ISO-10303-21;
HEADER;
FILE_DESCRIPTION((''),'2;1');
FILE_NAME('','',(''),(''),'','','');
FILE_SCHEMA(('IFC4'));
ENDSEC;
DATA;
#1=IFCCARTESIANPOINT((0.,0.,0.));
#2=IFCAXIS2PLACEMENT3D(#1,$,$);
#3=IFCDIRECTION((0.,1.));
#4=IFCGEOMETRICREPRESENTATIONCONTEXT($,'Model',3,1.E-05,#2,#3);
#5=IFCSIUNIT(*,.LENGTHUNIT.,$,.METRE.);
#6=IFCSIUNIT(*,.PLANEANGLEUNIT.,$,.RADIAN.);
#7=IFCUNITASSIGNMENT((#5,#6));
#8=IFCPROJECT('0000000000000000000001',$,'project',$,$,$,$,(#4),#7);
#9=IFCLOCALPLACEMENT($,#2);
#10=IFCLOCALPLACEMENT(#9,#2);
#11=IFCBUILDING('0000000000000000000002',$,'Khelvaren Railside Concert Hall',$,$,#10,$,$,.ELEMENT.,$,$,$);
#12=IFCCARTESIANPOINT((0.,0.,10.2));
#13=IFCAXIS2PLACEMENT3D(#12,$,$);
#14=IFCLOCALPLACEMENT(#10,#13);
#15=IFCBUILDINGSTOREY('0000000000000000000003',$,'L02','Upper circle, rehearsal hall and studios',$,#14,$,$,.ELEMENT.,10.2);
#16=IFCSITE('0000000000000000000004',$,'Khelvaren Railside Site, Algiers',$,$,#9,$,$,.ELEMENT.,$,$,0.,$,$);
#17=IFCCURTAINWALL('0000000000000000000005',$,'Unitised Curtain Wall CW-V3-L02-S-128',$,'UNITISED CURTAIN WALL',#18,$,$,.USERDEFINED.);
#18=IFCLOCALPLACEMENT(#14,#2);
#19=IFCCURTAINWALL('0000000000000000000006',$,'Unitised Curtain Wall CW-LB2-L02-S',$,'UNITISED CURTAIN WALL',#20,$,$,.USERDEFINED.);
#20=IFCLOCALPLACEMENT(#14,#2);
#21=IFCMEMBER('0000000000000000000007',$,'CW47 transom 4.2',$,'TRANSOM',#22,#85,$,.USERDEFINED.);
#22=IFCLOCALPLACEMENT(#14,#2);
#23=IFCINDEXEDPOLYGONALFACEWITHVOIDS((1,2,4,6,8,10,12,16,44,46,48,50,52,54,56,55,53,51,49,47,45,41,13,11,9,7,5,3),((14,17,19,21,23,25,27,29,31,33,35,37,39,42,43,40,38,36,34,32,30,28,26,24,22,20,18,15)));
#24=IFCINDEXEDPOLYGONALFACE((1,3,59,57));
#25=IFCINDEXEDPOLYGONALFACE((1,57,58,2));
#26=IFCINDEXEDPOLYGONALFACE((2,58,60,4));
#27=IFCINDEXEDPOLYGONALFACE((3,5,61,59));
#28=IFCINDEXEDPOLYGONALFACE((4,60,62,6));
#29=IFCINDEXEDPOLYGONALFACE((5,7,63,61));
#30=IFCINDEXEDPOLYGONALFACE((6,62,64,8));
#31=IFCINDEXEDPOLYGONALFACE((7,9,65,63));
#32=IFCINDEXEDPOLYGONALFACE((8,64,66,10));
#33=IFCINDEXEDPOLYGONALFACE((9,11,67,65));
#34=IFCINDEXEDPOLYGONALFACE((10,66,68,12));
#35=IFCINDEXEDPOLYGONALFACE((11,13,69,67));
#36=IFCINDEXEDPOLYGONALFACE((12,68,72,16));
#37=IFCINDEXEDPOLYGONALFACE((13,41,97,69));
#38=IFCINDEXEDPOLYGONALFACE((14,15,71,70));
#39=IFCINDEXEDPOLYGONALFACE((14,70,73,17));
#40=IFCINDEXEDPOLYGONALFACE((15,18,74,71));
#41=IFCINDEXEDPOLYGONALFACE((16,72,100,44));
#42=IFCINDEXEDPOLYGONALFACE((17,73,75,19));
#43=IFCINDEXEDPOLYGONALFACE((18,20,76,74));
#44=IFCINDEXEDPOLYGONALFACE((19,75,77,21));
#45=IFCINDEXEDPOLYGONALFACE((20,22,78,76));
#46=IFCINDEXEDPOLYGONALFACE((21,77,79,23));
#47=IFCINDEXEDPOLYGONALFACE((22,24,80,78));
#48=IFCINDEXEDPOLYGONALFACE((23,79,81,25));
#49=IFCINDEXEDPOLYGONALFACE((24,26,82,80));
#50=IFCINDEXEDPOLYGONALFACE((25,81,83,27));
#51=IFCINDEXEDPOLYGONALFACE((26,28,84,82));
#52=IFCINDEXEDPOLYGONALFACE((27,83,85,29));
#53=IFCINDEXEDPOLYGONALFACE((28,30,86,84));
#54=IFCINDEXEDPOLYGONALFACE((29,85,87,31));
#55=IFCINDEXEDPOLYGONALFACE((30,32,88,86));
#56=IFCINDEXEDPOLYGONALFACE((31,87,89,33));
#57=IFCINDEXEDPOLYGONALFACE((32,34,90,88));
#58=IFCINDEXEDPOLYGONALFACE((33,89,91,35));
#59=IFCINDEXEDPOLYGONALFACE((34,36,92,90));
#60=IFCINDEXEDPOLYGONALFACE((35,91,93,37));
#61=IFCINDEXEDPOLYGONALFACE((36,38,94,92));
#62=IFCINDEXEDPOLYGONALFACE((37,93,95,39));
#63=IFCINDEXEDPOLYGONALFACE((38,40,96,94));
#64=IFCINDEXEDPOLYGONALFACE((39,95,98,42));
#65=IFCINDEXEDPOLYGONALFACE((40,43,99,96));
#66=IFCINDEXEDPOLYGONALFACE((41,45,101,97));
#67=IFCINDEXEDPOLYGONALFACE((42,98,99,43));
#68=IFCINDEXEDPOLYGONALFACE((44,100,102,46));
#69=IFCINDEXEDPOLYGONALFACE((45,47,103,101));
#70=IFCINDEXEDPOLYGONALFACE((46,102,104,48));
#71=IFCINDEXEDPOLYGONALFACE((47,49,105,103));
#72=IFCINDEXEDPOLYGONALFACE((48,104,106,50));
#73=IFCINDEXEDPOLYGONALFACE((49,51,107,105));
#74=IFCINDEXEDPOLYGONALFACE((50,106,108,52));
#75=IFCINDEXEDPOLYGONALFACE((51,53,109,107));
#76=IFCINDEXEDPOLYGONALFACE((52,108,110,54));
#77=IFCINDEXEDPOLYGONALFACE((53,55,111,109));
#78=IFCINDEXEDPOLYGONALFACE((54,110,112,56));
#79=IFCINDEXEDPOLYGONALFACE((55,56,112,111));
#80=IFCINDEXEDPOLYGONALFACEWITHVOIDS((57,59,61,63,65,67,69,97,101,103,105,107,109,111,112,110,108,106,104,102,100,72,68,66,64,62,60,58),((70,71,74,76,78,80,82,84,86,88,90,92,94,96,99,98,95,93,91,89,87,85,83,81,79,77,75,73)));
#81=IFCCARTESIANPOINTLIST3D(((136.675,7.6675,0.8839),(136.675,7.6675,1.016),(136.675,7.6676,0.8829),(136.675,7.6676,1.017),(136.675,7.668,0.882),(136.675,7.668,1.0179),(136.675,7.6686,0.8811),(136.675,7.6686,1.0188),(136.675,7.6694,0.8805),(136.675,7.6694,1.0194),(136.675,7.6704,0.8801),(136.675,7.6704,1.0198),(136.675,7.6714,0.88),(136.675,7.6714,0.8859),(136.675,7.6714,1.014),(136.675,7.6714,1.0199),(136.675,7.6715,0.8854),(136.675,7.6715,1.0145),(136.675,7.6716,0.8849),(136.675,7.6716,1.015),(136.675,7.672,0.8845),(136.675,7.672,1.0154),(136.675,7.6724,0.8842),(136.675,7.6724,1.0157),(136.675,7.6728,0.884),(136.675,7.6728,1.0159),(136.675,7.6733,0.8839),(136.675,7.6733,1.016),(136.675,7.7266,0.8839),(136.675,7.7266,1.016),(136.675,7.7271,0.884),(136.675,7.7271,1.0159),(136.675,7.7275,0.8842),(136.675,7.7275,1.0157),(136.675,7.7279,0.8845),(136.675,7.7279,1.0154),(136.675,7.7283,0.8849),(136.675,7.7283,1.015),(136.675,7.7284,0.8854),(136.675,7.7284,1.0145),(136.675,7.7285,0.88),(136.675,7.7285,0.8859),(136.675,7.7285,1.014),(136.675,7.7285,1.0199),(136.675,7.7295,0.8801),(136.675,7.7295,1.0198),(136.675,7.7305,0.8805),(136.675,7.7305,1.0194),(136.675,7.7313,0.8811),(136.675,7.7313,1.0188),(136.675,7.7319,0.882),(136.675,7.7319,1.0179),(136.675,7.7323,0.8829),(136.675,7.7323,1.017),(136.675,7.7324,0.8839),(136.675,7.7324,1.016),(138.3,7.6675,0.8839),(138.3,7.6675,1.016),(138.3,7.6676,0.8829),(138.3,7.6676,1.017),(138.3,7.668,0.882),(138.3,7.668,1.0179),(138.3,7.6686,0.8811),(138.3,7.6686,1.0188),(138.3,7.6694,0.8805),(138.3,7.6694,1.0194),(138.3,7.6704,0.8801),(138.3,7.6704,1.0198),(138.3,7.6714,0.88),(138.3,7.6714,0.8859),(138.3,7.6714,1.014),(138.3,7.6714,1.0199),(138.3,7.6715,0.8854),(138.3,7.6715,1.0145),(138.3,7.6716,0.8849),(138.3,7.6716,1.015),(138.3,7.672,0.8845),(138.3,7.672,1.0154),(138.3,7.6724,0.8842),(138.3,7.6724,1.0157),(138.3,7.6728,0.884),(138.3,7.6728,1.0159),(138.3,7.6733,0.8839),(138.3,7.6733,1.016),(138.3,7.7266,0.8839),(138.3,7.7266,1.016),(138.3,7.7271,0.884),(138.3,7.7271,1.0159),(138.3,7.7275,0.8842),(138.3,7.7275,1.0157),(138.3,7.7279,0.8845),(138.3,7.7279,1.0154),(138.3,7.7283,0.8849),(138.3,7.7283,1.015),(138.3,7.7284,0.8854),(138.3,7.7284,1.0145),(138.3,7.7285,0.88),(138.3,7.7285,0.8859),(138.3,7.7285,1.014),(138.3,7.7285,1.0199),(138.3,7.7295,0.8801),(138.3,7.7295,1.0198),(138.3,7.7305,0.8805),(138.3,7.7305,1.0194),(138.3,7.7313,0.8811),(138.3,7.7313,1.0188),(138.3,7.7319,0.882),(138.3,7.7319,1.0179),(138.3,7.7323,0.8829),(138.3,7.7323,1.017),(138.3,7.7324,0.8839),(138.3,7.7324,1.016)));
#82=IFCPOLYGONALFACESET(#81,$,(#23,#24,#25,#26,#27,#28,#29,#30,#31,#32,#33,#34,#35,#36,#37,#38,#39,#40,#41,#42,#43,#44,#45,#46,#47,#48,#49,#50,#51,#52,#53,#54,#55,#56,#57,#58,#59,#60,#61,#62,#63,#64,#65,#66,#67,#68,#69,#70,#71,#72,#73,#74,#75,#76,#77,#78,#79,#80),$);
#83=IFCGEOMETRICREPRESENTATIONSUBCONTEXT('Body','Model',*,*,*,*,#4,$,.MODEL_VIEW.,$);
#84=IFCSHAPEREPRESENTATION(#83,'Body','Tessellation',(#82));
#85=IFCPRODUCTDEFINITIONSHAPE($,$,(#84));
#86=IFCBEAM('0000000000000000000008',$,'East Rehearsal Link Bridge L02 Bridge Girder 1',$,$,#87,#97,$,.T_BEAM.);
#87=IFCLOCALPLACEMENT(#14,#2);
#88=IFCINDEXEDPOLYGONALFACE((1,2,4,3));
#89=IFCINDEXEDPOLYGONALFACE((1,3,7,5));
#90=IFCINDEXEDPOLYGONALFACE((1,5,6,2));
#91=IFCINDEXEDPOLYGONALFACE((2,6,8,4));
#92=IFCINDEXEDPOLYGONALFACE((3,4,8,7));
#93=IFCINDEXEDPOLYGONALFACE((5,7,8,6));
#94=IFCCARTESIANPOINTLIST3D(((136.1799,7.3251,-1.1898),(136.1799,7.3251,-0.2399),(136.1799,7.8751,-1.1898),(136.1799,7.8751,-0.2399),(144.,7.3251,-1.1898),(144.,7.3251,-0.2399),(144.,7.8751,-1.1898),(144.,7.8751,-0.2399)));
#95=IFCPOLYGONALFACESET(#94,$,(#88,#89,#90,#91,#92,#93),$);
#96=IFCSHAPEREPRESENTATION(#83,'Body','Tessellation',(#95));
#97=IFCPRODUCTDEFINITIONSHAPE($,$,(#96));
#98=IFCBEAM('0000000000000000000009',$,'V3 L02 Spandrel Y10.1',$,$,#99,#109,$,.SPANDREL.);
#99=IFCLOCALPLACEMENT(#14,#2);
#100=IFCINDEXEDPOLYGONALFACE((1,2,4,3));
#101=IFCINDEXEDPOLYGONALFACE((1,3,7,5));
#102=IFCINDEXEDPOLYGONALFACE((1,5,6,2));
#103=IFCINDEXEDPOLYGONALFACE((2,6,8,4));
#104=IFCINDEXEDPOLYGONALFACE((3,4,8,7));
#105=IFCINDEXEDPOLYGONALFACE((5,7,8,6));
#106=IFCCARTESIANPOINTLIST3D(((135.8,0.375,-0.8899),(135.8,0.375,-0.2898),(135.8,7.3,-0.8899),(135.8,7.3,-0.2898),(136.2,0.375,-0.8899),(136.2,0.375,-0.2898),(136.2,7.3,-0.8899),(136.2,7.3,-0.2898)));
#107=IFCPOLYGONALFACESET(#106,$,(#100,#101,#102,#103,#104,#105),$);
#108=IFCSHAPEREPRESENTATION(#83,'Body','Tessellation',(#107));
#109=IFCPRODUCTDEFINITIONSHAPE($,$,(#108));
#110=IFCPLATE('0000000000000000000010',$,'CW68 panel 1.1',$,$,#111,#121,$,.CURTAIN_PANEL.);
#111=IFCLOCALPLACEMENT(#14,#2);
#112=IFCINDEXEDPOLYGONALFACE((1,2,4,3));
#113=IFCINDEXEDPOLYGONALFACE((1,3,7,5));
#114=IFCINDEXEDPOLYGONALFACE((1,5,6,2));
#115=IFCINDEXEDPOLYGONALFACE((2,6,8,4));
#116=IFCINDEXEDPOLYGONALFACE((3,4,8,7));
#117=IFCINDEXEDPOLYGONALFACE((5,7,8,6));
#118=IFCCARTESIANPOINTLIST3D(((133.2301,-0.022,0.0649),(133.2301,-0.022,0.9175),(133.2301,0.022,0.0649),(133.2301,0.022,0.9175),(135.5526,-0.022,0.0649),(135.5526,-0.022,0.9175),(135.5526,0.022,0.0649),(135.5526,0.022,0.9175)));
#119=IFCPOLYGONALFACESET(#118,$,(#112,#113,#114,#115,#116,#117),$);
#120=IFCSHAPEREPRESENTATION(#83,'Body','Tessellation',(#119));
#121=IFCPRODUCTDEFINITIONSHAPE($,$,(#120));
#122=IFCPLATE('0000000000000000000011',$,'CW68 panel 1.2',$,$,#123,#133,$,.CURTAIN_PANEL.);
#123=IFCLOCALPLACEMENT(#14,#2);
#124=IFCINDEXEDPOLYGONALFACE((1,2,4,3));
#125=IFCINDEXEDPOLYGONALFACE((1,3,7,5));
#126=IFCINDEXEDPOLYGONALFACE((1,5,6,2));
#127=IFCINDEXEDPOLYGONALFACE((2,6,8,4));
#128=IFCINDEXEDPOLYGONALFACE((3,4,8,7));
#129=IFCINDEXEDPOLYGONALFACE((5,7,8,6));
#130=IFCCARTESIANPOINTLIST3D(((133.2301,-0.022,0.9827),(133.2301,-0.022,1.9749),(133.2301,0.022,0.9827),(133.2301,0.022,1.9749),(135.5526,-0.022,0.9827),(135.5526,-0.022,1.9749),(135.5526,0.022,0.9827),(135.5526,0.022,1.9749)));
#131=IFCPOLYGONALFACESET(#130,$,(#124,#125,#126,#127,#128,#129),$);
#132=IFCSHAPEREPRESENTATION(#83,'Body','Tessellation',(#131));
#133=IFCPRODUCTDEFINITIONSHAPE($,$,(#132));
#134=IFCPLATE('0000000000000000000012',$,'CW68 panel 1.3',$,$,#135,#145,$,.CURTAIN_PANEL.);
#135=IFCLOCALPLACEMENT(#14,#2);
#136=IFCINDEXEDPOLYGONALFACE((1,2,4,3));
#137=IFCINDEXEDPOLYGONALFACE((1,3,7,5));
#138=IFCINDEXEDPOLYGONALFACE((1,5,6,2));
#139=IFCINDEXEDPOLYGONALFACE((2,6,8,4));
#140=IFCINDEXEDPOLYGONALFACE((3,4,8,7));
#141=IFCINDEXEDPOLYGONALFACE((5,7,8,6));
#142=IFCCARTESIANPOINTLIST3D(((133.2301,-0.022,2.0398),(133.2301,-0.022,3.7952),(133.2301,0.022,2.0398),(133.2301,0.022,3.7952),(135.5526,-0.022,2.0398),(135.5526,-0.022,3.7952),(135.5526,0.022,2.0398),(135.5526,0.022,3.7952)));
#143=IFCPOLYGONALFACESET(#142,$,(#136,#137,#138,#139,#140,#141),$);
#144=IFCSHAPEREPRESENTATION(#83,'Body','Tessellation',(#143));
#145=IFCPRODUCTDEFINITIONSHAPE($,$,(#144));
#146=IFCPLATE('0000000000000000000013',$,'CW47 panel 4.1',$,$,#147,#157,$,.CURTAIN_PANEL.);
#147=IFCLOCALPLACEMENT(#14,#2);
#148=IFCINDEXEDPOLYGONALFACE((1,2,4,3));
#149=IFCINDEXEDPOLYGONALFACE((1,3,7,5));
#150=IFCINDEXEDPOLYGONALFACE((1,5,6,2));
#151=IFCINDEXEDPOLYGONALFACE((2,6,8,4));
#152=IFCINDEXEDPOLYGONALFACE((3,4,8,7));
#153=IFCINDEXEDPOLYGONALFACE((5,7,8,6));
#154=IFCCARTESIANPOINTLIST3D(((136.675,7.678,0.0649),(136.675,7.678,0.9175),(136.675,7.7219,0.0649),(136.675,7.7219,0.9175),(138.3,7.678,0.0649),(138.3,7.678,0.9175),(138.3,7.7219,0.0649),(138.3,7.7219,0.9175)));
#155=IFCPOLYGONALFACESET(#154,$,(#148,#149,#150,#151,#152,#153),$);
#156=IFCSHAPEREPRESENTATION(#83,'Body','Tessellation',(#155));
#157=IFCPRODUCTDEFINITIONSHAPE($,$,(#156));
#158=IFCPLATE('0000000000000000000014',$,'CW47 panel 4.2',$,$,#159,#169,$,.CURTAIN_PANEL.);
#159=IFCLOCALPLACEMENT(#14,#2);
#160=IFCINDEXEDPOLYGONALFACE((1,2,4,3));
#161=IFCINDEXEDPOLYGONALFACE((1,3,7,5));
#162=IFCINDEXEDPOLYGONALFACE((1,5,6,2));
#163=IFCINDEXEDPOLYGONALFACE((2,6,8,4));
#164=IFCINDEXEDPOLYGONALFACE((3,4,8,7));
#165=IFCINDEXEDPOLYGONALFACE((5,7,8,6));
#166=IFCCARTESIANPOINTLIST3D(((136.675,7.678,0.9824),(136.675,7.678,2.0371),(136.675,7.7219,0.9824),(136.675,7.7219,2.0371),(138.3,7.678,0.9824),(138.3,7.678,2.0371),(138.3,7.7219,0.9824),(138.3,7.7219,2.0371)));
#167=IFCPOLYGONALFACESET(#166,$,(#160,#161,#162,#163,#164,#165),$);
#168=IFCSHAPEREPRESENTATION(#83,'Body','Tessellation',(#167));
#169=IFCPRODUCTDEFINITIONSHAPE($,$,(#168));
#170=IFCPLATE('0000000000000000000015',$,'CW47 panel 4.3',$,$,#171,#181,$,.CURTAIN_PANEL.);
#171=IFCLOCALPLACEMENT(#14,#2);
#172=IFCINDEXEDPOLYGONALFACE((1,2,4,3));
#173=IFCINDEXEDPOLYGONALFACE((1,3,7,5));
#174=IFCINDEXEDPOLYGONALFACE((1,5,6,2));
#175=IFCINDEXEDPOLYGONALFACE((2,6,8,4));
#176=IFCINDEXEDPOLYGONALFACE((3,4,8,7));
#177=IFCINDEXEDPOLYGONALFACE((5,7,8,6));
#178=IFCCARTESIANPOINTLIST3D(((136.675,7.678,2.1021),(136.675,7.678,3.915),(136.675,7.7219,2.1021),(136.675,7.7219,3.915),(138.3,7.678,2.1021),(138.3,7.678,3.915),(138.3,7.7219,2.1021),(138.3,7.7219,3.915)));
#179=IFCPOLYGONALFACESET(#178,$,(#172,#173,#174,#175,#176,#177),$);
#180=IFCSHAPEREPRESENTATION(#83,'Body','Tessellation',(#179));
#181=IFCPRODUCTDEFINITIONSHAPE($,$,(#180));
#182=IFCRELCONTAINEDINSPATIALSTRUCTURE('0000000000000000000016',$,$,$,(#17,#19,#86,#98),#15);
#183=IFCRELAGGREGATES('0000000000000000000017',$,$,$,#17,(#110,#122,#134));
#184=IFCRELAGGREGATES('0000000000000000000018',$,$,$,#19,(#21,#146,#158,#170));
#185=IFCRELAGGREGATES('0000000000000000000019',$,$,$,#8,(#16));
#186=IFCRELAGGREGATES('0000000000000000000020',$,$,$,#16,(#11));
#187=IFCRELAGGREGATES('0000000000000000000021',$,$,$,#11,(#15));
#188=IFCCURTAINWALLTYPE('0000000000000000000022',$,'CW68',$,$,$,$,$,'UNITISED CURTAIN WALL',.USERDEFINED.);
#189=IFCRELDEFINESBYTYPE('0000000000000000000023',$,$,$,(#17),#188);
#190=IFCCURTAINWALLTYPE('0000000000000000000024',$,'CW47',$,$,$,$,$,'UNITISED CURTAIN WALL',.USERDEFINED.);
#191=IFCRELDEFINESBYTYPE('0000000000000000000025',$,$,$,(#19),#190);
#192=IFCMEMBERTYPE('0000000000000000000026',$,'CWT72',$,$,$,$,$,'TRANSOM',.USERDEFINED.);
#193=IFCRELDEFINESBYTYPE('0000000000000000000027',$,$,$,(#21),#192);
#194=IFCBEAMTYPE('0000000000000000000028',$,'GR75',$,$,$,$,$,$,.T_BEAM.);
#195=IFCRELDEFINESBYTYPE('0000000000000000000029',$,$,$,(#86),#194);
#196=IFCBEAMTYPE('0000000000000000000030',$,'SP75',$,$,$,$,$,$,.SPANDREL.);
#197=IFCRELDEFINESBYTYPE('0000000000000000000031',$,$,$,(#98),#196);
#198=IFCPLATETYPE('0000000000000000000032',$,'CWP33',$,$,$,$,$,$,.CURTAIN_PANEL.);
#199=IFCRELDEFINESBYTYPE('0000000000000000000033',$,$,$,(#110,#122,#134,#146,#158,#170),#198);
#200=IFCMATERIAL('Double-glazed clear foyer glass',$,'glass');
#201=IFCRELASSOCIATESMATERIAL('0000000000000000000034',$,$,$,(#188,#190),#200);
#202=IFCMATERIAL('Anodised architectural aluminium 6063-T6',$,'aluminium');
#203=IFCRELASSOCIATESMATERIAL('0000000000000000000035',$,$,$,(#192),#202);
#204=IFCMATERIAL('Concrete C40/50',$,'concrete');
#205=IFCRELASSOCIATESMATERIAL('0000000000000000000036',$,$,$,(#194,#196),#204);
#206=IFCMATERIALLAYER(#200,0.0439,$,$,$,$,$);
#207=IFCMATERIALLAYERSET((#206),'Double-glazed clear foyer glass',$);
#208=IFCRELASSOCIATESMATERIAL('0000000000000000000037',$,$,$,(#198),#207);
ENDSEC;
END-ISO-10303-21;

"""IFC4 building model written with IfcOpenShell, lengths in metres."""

from ifc_helpers import new_model, si_unit, direction, frame, origin, origin_2d, place, context, subcontext, project, spatial, rectangle, hollow_rectangle, extrude, material, layer, layer_set, material_profile, profile_set, type_object, element, aggregate, save


model = new_model("IFC4")

# Units and contexts
model_context = context("Model", 3, precision=1e-05, world=origin(), true_north=direction((0.0, 1.0)))
body_context = subcontext(model_context, "Body", "Model", "MODEL_VIEW")
ifc_project = project(units=[si_unit("LENGTHUNIT", "METRE"), si_unit("PLANEANGLEUNIT", "RADIAN")], contexts=[model_context])

# Site, building, storey
site_placement = place(None, origin())
site = spatial("IfcSite", under=ifc_project, at=site_placement, Name="Khelvaren Railside Site, Algiers", CompositionType="ELEMENT", RefElevation=0.0)
building_placement = place(site_placement, origin())
building = spatial("IfcBuilding", under=site, at=building_placement, Name="Khelvaren Railside Concert Hall", CompositionType="ELEMENT")
storey_placement = place(building_placement, frame((0.0, 0.0, 10.2)))
storey = spatial("IfcBuildingStorey", under=building, at=storey_placement, Name="L02", Description="Upper circle, rehearsal hall and studios", CompositionType="ELEMENT", Elevation=10.2)

# Curtain wall
ifc_material_1 = material(Name="Double-glazed clear foyer glass", Category="glass")
curtain_wall_type_1 = type_object("IfcCurtainWallType", Name="CW68", ElementType="UNITISED CURTAIN WALL", PredefinedType="USERDEFINED", material=ifc_material_1)
curtain_wall_1_placement = place(storey_placement, origin())
curtain_wall_1 = element("IfcCurtainWall", 1, at=curtain_wall_1_placement, inside=storey, type_object=curtain_wall_type_1, Name="Unitised Curtain Wall CW-V3-L02-S-128", ObjectType="UNITISED CURTAIN WALL", PredefinedType="USERDEFINED")
ifc_material_2 = material(Name="Anodised architectural aluminium 6063-T6", Category="aluminium")

# Curtain wall
curtain_wall_type_2 = type_object("IfcCurtainWallType", Name="CW47", ElementType="UNITISED CURTAIN WALL", PredefinedType="USERDEFINED", material=ifc_material_1)
curtain_wall_2_placement = place(storey_placement, origin())
curtain_wall_2 = element("IfcCurtainWall", 2, at=curtain_wall_2_placement, inside=storey, type_object=curtain_wall_type_2, Name="Unitised Curtain Wall CW-LB2-L02-S", ObjectType="UNITISED CURTAIN WALL", PredefinedType="USERDEFINED")

# Member
ifc_material_profile_1 = material_profile(ifc_material_2, hollow_rectangle(XDim=0.0649, YDim=0.1399, WallThickness=0.0039, InnerFilletRadius=0.002, OuterFilletRadius=0.0039, at=origin_2d()), Name="CWT 65x140x4")
ifc_profile_set_1 = profile_set([ifc_material_profile_1], Name="Anodised architectural aluminium 6063-T6")
member_type_1 = type_object("IfcMemberType", Name="CWT72", ElementType="TRANSOM", PredefinedType="USERDEFINED", material=ifc_profile_set_1)
member_1_placement = place(storey_placement, frame((138.3, 7.7, 0.95), z_axis=(-1.0, 0.0, 0.0), x_axis=(0.0, -1.0, 0.0)))
member_1 = element("IfcMember", 3, at=member_1_placement, type_object=member_type_1, Name="CW47 transom 4.2", ObjectType="TRANSOM", PredefinedType="USERDEFINED", context=body_context, shape_type="SweptSolid", body=[
    extrude(hollow_rectangle(XDim=0.0649, YDim=0.1399, WallThickness=0.0039, InnerFilletRadius=0.002, OuterFilletRadius=0.0039, at=origin_2d()), origin(), (0.0, 0.0, 1.0), 1.625),
])

# Beams
ifc_material_3 = material(Name="Concrete C40/50", Category="concrete")
ifc_material_profile_2 = material_profile(ifc_material_3, rectangle(XDim=0.55, YDim=0.95, at=origin_2d()), Name="RCB 550x950")
ifc_profile_set_2 = profile_set([ifc_material_profile_2], Name="Concrete C40/50")
beam_type_1 = type_object("IfcBeamType", Name="GR75", PredefinedType="T_BEAM", material=ifc_profile_set_2)
beam_1_placement = place(storey_placement, frame((136.1799, 7.6001, -0.7148), z_axis=(1.0, 0.0, 0.0), x_axis=(0.0, 1.0, 0.0)))
element("IfcBeam", 4, at=beam_1_placement, inside=storey, type_object=beam_type_1, Name="East Rehearsal Link Bridge L02 Bridge Girder 1", PredefinedType="T_BEAM", context=body_context, shape_type="SweptSolid", body=[
    extrude(rectangle(XDim=0.55, YDim=0.95, at=origin_2d()), origin(), (0.0, 0.0, 1.0), 7.8201),
])
ifc_material_profile_3 = material_profile(ifc_material_3, rectangle(XDim=0.3999, YDim=0.6001, at=origin_2d()), Name="RCB 400x600")
ifc_profile_set_3 = profile_set([ifc_material_profile_3], Name="Concrete C40/50")
beam_type_2 = type_object("IfcBeamType", Name="SP75", PredefinedType="SPANDREL", material=ifc_profile_set_3)
beam_2_placement = place(storey_placement, frame((136.0, 0.375, -0.5898), z_axis=(0.0, 1.0, 0.0), x_axis=(-1.0, 0.0, 0.0)))
element("IfcBeam", 5, at=beam_2_placement, inside=storey, type_object=beam_type_2, Name="V3 L02 Spandrel Y10.1", PredefinedType="SPANDREL", context=body_context, shape_type="SweptSolid", body=[
    extrude(rectangle(XDim=0.3999, YDim=0.6001, at=origin_2d()), origin(), (0.0, 0.0, 1.0), 6.925),
])

# Plates
ifc_layer_1 = layer(ifc_material_1, 0.0439)
ifc_layer_set_1 = layer_set([ifc_layer_1], Name="Double-glazed clear foyer glass")
plate_type = type_object("IfcPlateType", Name="CWP33", PredefinedType="CURTAIN_PANEL", material=ifc_layer_set_1)
plate_1_placement = place(storey_placement, frame((134.3914, 0.0, 0.0649), z_axis=(0.0, 0.0, 1.0), x_axis=(-1.0, 0.0, 0.0)))
plate_1 = element("IfcPlate", 6, at=plate_1_placement, type_object=plate_type, Name="CW68 panel 1.1", PredefinedType="CURTAIN_PANEL", context=body_context, shape_type="SweptSolid", body=[
    extrude(rectangle(XDim=2.3225, YDim=0.0439, at=origin_2d()), origin(), (0.0, 0.0, 1.0), 0.8525),
])
plate_2_placement = place(storey_placement, frame((134.3914, 0.0, 0.9827), z_axis=(0.0, 0.0, 1.0), x_axis=(-1.0, 0.0, 0.0)))
plate_2 = element("IfcPlate", 7, at=plate_2_placement, type_object=plate_type, Name="CW68 panel 1.2", PredefinedType="CURTAIN_PANEL", context=body_context, shape_type="SweptSolid", body=[
    extrude(rectangle(XDim=2.3225, YDim=0.0439, at=origin_2d()), origin(), (0.0, 0.0, 1.0), 0.9922),
])
plate_3_placement = place(storey_placement, frame((134.3914, 0.0, 2.0398), z_axis=(0.0, 0.0, 1.0), x_axis=(-1.0, 0.0, 0.0)))
plate_3 = element("IfcPlate", 8, at=plate_3_placement, type_object=plate_type, Name="CW68 panel 1.3", PredefinedType="CURTAIN_PANEL", context=body_context, shape_type="SweptSolid", body=[
    extrude(rectangle(XDim=2.3225, YDim=0.0439, at=origin_2d()), origin(), (0.0, 0.0, 1.0), 1.7554),
])
aggregate(curtain_wall_1, [plate_1, plate_2, plate_3])
plate_4_placement = place(storey_placement, frame((137.4875, 7.7, 0.0649), z_axis=(0.0, 0.0, 1.0), x_axis=(-1.0, 0.0, 0.0)))
plate_4 = element("IfcPlate", 9, at=plate_4_placement, type_object=plate_type, Name="CW47 panel 4.1", PredefinedType="CURTAIN_PANEL", context=body_context, shape_type="SweptSolid", body=[
    extrude(rectangle(XDim=1.625, YDim=0.0439, at=origin_2d()), origin(), (0.0, 0.0, 1.0), 0.8525),
])
plate_5_placement = place(storey_placement, frame((137.4875, 7.7, 0.9824), z_axis=(0.0, 0.0, 1.0), x_axis=(-1.0, 0.0, 0.0)))
plate_5 = element("IfcPlate", 10, at=plate_5_placement, type_object=plate_type, Name="CW47 panel 4.2", PredefinedType="CURTAIN_PANEL", context=body_context, shape_type="SweptSolid", body=[
    extrude(rectangle(XDim=1.625, YDim=0.0439, at=origin_2d()), origin(), (0.0, 0.0, 1.0), 1.0547),
])
plate_6_placement = place(storey_placement, frame((137.4875, 7.7, 2.1021), z_axis=(0.0, 0.0, 1.0), x_axis=(-1.0, 0.0, 0.0)))
plate_6 = element("IfcPlate", 11, at=plate_6_placement, type_object=plate_type, Name="CW47 panel 4.3", PredefinedType="CURTAIN_PANEL", context=body_context, shape_type="SweptSolid", body=[
    extrude(rectangle(XDim=1.625, YDim=0.0439, at=origin_2d()), origin(), (0.0, 0.0, 1.0), 1.813),
])
aggregate(curtain_wall_2, [member_1, plate_4, plate_5, plate_6])

save(model, "model.ifc")
